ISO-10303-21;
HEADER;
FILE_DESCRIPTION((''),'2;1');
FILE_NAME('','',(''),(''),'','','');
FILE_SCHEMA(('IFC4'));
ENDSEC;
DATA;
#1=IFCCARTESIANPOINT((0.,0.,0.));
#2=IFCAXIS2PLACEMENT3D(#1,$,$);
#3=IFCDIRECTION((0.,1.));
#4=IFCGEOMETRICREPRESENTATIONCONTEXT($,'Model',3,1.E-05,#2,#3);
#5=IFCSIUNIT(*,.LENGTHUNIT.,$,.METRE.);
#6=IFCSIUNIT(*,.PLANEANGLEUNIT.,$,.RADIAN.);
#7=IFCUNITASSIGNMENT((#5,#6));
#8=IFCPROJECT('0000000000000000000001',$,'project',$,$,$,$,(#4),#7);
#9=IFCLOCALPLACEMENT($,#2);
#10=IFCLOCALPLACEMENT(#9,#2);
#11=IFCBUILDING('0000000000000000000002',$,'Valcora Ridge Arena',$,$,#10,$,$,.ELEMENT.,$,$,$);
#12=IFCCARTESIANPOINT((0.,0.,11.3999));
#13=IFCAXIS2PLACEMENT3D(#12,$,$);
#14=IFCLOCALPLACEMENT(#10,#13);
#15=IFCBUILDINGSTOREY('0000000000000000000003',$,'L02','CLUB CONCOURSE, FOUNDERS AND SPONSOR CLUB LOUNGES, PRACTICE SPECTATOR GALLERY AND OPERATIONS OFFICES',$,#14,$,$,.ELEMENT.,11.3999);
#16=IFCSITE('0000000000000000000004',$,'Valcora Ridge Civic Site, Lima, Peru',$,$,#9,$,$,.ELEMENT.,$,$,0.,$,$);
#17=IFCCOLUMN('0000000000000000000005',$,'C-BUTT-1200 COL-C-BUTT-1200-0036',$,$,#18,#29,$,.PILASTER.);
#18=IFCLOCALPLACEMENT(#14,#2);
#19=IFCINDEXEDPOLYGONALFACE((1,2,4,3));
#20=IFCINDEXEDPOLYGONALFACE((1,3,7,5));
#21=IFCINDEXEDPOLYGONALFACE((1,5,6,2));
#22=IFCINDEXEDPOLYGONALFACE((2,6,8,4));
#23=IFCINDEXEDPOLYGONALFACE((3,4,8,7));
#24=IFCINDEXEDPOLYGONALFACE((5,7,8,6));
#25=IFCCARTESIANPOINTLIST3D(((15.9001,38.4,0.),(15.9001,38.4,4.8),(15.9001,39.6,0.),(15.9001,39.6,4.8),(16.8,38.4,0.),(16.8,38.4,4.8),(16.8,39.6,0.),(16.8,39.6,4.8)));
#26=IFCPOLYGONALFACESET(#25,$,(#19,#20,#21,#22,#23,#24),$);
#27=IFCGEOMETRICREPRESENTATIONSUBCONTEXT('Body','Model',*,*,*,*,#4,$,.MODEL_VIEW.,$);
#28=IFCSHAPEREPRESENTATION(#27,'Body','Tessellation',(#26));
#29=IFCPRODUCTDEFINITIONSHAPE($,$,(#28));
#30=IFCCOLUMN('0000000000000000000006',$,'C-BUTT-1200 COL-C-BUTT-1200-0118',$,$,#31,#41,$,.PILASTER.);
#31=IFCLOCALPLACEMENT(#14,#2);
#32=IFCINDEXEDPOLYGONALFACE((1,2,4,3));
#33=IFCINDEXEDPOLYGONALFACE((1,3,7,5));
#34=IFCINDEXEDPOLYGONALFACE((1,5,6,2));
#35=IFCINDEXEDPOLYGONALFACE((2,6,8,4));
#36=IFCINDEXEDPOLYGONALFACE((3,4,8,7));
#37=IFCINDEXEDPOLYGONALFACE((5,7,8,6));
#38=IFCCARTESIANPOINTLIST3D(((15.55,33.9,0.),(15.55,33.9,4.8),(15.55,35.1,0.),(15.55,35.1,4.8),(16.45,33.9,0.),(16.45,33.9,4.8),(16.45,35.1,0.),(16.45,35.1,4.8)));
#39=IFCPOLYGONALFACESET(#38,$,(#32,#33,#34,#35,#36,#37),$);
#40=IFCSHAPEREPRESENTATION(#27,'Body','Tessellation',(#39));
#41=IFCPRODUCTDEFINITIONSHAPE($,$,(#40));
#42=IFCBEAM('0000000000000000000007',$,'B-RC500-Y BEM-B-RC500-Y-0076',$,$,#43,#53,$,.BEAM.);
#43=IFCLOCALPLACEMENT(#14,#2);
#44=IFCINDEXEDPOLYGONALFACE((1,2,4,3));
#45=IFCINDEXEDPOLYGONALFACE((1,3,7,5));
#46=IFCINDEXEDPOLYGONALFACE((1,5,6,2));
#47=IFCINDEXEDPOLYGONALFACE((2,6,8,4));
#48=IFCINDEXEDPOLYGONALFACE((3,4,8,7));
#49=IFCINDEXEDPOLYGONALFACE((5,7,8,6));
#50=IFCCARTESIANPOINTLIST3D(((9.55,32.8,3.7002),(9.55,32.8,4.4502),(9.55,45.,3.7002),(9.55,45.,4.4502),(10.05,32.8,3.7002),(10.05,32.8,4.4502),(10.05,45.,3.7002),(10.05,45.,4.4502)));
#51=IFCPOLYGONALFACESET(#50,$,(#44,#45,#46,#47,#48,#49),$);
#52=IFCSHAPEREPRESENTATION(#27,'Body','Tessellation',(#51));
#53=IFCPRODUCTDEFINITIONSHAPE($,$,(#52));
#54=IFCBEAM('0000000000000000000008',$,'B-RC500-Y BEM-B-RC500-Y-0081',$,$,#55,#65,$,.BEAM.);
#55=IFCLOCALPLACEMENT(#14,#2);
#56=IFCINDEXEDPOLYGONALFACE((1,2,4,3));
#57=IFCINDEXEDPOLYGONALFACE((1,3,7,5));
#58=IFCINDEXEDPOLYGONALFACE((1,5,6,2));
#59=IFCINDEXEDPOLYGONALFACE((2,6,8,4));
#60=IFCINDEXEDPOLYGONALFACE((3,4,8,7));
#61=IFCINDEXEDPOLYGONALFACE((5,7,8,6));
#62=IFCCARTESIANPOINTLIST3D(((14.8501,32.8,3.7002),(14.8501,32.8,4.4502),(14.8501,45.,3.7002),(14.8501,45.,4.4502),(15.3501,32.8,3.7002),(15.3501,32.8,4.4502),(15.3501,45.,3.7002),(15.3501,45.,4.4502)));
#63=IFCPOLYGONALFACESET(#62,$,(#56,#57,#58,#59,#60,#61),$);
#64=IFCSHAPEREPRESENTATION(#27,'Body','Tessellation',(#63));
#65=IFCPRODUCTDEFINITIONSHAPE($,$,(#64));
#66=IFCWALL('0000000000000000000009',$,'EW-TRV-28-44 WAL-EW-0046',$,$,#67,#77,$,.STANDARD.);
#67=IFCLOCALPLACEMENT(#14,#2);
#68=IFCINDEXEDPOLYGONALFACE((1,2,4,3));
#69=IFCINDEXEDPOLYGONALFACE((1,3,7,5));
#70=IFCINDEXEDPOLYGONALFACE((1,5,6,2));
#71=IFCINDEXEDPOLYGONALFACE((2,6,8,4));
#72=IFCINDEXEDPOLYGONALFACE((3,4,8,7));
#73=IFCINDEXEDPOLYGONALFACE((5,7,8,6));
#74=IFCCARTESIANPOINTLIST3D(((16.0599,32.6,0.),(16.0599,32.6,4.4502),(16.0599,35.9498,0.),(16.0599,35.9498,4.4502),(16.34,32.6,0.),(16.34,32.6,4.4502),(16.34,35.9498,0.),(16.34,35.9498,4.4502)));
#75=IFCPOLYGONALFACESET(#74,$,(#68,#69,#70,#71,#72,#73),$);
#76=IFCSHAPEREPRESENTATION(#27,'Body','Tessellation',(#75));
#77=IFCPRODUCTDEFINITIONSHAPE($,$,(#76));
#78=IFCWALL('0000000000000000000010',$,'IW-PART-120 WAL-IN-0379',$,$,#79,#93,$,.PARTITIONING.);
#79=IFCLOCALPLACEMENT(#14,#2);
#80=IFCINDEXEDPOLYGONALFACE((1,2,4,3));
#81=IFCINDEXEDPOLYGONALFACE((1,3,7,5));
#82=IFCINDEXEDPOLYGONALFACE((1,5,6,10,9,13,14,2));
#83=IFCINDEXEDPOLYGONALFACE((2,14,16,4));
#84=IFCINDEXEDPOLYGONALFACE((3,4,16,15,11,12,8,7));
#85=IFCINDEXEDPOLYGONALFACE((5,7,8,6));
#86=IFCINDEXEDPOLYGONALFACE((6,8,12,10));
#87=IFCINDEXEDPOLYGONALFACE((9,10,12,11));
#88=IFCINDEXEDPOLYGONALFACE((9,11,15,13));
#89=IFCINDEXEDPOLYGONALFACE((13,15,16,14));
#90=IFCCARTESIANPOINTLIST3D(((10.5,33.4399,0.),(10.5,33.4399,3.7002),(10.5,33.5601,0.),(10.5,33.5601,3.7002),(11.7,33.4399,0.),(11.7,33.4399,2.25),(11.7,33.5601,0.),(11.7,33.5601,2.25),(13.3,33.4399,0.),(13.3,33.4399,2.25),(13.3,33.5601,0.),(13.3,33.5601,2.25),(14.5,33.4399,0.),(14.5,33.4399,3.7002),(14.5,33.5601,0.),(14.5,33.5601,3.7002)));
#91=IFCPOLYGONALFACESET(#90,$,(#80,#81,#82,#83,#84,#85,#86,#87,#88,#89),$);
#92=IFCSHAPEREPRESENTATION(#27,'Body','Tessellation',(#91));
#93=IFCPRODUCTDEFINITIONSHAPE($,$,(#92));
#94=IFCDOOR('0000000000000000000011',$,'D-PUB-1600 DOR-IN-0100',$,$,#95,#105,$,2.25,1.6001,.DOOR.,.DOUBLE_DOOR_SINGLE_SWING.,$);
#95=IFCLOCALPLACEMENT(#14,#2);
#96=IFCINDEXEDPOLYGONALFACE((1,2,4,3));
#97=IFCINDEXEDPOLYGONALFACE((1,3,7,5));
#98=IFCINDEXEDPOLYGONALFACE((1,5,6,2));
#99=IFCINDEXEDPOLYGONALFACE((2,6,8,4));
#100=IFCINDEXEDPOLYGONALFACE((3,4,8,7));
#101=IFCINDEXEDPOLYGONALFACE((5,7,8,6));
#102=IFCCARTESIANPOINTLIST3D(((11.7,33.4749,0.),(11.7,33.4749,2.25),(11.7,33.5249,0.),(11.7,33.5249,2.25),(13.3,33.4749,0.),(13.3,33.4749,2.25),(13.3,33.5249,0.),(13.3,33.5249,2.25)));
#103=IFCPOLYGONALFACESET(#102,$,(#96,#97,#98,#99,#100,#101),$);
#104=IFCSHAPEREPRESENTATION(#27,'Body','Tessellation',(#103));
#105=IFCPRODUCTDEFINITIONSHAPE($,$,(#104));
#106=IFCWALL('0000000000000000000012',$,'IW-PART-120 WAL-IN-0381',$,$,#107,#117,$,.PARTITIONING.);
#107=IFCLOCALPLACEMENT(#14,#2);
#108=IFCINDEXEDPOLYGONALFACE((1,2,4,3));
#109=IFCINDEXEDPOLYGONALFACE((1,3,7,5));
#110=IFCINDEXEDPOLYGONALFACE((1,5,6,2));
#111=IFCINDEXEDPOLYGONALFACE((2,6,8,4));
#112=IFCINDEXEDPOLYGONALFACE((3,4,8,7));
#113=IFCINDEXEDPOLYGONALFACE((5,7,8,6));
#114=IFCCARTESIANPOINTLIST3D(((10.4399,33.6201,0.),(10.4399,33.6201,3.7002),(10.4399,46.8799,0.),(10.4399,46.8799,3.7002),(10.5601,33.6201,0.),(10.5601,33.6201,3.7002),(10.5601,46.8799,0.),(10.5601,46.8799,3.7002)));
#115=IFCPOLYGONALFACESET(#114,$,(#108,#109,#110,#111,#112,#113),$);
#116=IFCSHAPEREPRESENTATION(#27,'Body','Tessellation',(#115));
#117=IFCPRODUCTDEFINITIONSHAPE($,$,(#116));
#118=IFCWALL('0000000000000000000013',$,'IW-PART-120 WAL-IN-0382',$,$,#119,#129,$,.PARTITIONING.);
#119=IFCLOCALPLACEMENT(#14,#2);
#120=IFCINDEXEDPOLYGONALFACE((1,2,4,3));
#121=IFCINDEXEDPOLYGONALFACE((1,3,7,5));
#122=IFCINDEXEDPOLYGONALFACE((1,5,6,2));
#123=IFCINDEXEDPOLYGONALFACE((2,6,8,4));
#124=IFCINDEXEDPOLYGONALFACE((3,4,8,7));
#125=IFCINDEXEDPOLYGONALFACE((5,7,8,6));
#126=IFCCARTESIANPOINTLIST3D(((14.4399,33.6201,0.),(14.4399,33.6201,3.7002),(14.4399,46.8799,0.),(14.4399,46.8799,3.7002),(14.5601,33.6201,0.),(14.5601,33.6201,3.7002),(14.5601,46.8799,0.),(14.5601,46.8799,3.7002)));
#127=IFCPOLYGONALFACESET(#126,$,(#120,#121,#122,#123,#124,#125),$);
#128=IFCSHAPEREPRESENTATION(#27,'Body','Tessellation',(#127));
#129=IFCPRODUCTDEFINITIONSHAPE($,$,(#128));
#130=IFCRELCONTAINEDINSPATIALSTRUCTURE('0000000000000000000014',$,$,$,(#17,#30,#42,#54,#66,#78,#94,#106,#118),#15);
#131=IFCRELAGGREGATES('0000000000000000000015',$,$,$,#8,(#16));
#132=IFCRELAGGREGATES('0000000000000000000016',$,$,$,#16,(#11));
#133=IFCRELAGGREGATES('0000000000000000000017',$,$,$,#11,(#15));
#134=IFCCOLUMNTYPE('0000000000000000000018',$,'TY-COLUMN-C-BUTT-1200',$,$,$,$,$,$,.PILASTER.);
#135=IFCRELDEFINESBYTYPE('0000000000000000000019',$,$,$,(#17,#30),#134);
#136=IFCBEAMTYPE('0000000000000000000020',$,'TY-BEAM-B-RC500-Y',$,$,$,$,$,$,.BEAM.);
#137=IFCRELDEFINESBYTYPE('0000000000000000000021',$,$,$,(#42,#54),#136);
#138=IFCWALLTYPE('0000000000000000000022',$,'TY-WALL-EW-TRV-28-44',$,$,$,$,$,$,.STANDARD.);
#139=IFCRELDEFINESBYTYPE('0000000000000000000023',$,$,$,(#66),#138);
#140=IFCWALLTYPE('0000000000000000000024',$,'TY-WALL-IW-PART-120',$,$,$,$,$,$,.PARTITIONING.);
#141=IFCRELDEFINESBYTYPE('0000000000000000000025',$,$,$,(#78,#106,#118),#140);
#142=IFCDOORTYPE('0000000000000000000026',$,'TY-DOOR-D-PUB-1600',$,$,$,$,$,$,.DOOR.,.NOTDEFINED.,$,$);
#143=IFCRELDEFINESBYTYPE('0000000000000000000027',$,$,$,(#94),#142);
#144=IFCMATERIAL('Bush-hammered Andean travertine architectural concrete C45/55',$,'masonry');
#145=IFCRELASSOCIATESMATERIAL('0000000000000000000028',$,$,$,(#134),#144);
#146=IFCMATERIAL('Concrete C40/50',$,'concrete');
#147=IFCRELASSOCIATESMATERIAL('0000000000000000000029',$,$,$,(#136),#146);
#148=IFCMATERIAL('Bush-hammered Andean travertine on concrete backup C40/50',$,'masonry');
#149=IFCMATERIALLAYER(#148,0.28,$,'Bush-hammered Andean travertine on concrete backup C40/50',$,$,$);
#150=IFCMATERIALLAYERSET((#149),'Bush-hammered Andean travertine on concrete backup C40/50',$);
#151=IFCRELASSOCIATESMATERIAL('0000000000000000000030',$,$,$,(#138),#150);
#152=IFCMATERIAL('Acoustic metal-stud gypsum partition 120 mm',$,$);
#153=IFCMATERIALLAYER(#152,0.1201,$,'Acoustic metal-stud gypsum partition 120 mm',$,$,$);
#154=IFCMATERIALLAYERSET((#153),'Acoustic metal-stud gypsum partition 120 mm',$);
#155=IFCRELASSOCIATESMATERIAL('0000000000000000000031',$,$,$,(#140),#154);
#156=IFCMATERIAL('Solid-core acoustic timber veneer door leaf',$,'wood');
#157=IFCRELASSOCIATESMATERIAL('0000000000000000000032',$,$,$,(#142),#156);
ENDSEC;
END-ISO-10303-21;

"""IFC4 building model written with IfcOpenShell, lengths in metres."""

from ifc_helpers import new_model, si_unit, direction, frame, frame_2d, origin, origin_2d, place, context, subcontext, project, spatial, rectangle, extrude, material, layer, layer_set, material_profile, profile_set, type_object, element, fill, save


model = new_model("IFC4")

# Units and contexts
model_context = context("Model", 3, precision=1e-05, world=origin(), true_north=direction((0.0, 1.0)))
body_context = subcontext(model_context, "Body", "Model", "MODEL_VIEW")
ifc_project = project(units=[si_unit("LENGTHUNIT", "METRE"), si_unit("PLANEANGLEUNIT", "RADIAN")], contexts=[model_context])

# Site, building, storey
site_placement = place(None, origin())
site = spatial("IfcSite", under=ifc_project, at=site_placement, Name="Valcora Ridge Civic Site, Lima, Peru", CompositionType="ELEMENT", RefElevation=0.0)
building_placement = place(site_placement, origin())
building = spatial("IfcBuilding", under=site, at=building_placement, Name="Valcora Ridge Arena", CompositionType="ELEMENT")
storey_placement = place(building_placement, frame((0.0, 0.0, 11.3999)))
storey = spatial("IfcBuildingStorey", under=building, at=storey_placement, Name="L02", Description="CLUB CONCOURSE, FOUNDERS AND SPONSOR CLUB LOUNGES, PRACTICE SPECTATOR GALLERY AND OPERATIONS OFFICES", CompositionType="ELEMENT", Elevation=11.3999)

# Columns
ifc_material_1 = material(Name="Bush-hammered Andean travertine architectural concrete C45/55", Category="masonry")
ifc_material_profile_1 = material_profile(ifc_material_1, rectangle(XDim=0.8999, YDim=1.2, at=origin_2d()), Name="RC 900x1200")
ifc_profile_set_1 = profile_set([ifc_material_profile_1], Name="Bush-hammered Andean travertine architectural concrete C45/55")
column_type = type_object("IfcColumnType", Name="TY-COLUMN-C-BUTT-1200", PredefinedType="PILASTER", material=ifc_profile_set_1)
for number, where, z_axis, x_axis, name in (
    (1, (16.3501, 39.0, 0.0), (0.0, 0.0, 1.0), (1.0, 0.0, 0.0), "C-BUTT-1200 COL-C-BUTT-1200-0036"),
    (2, (16.0, 34.5, 0.0), (0.0, 0.0, 1.0), (1.0, 0.0, 0.0), "C-BUTT-1200 COL-C-BUTT-1200-0118"),
):
    element("IfcColumn", number, at=place(storey_placement, frame(where, z_axis=z_axis, x_axis=x_axis)), inside=storey, type_object=column_type, Name=name, PredefinedType="PILASTER", context=body_context, shape_type="SweptSolid", body=[
        extrude(rectangle(XDim=0.8999, YDim=1.2, at=origin_2d()), origin(), (0.0, 0.0, 1.0), 4.8),
    ])

# Beams
ifc_material_2 = material(Name="Concrete C40/50", Category="concrete")
ifc_material_profile_2 = material_profile(ifc_material_2, rectangle(XDim=0.5, YDim=0.75, at=origin_2d()), Name="RC 500x750")
ifc_profile_set_2 = profile_set([ifc_material_profile_2], Name="Concrete C40/50")
beam_type = type_object("IfcBeamType", Name="TY-BEAM-B-RC500-Y", PredefinedType="BEAM", material=ifc_profile_set_2)
for number, where, z_axis, x_axis, name in (
    (3, (9.8, 32.8, 4.0752), (0.0, 1.0, 0.0), (-1.0, 0.0, 0.0), "B-RC500-Y BEM-B-RC500-Y-0076"),
    (4, (15.1001, 32.8, 4.0752), (0.0, 1.0, 0.0), (-1.0, 0.0, 0.0), "B-RC500-Y BEM-B-RC500-Y-0081"),
):
    element("IfcBeam", number, at=place(storey_placement, frame(where, z_axis=z_axis, x_axis=x_axis)), inside=storey, type_object=beam_type, Name=name, PredefinedType="BEAM", context=body_context, shape_type="SweptSolid", body=[
        extrude(rectangle(XDim=0.5, YDim=0.75, at=origin_2d()), origin(), (0.0, 0.0, 1.0), 12.2),
    ])

# Wall
ifc_material_3 = material(Name="Bush-hammered Andean travertine on concrete backup C40/50", Category="masonry")
ifc_layer_1 = layer(ifc_material_3, 0.28, Name="Bush-hammered Andean travertine on concrete backup C40/50")
ifc_layer_set_1 = layer_set([ifc_layer_1], Name="Bush-hammered Andean travertine on concrete backup C40/50")
wall_type_1 = type_object("IfcWallType", Name="TY-WALL-EW-TRV-28-44", PredefinedType="STANDARD", material=ifc_layer_set_1)
wall_1_placement = place(storey_placement, frame((16.2, 32.6001, 0.0), z_axis=(0.0, 0.0, 1.0), x_axis=(0.0, 1.0, 0.0)))
element("IfcWall", 5, at=wall_1_placement, inside=storey, type_object=wall_type_1, Name="EW-TRV-28-44 WAL-EW-0046", PredefinedType="STANDARD", context=body_context, shape_type="SweptSolid", body=[
    extrude(rectangle(XDim=3.3499, YDim=0.28, at=frame_2d((1.6748, 0.0))), origin(), (0.0, 0.0, 1.0), 4.4502),
])

# Wall, opening, door
ifc_material_4 = material(Name="Acoustic metal-stud gypsum partition 120 mm")
ifc_layer_2 = layer(ifc_material_4, 0.1201, Name="Acoustic metal-stud gypsum partition 120 mm")
ifc_layer_set_2 = layer_set([ifc_layer_2], Name="Acoustic metal-stud gypsum partition 120 mm")
wall_type_2 = type_object("IfcWallType", Name="TY-WALL-IW-PART-120", PredefinedType="PARTITIONING", material=ifc_layer_set_2)
wall_2_placement = place(storey_placement, frame((10.5, 33.5, 0.0), z_axis=(0.0, 0.0, 1.0), x_axis=(1.0, 0.0, 0.0)))
wall_2 = element("IfcWall", 6, at=wall_2_placement, inside=storey, type_object=wall_type_2, Name="IW-PART-120 WAL-IN-0379", PredefinedType="PARTITIONING", context=body_context, shape_type="SweptSolid", body=[
    extrude(rectangle(XDim=4.0, YDim=0.1201, at=frame_2d((2.0, 0.0))), origin(), (0.0, 0.0, 1.0), 3.7002),
])
opening_1_placement = place(wall_2_placement, frame((1.2, 0.0, 0.0)))
opening_1 = element("IfcOpeningElement", 7, at=opening_1_placement, cuts=wall_2, PredefinedType="OPENING", context=body_context, shape_type="SweptSolid", body=[
    extrude(rectangle(XDim=1.6001, YDim=2.25, at=frame_2d((0.8, 1.125))), frame((0.0, 0.0701, 0.0), z_axis=(0.0, -1.0, 0.0), x_axis=(1.0, 0.0, 0.0)), (0.0, 0.0, 1.0), 0.1401),
])
ifc_material_5 = material(Name="Solid-core acoustic timber veneer door leaf", Category="wood")
door_type = type_object("IfcDoorType", Name="TY-DOOR-D-PUB-1600", OperationType="NOTDEFINED", PredefinedType="DOOR", material=ifc_material_5)
door_placement = place(opening_1_placement, origin())
door = element("IfcDoor", 8, at=door_placement, inside=storey, type_object=door_type, Name="D-PUB-1600 DOR-IN-0100", OperationType="DOUBLE_DOOR_SINGLE_SWING", OverallHeight=2.25, OverallWidth=1.6001, PredefinedType="DOOR", context=body_context, shape_type="SweptSolid", body=[
    extrude(rectangle(XDim=1.6001, YDim=2.25, at=frame_2d((0.8, 1.125))), frame((0.0, 0.0249, 0.0), z_axis=(0.0, -1.0, 0.0), x_axis=(1.0, 0.0, 0.0)), (0.0, 0.0, 1.0), 0.05),
])
fill(opening_1, door)

# Walls
for number, where, z_axis, x_axis, name in (
    (9, (10.5, 33.6201, 0.0), (0.0, 0.0, 1.0), (0.0, 1.0, 0.0), "IW-PART-120 WAL-IN-0381"),
    (10, (14.5, 33.6201, 0.0), (0.0, 0.0, 1.0), (0.0, 1.0, 0.0), "IW-PART-120 WAL-IN-0382"),
):
    element("IfcWall", number, at=place(storey_placement, frame(where, z_axis=z_axis, x_axis=x_axis)), inside=storey, type_object=wall_type_2, Name=name, PredefinedType="PARTITIONING", context=body_context, shape_type="SweptSolid", body=[
        extrude(rectangle(XDim=13.2598, YDim=0.1201, at=frame_2d((6.6299, 0.0))), origin(), (0.0, 0.0, 1.0), 3.7002),
    ])

save(model, "model.ifc")
